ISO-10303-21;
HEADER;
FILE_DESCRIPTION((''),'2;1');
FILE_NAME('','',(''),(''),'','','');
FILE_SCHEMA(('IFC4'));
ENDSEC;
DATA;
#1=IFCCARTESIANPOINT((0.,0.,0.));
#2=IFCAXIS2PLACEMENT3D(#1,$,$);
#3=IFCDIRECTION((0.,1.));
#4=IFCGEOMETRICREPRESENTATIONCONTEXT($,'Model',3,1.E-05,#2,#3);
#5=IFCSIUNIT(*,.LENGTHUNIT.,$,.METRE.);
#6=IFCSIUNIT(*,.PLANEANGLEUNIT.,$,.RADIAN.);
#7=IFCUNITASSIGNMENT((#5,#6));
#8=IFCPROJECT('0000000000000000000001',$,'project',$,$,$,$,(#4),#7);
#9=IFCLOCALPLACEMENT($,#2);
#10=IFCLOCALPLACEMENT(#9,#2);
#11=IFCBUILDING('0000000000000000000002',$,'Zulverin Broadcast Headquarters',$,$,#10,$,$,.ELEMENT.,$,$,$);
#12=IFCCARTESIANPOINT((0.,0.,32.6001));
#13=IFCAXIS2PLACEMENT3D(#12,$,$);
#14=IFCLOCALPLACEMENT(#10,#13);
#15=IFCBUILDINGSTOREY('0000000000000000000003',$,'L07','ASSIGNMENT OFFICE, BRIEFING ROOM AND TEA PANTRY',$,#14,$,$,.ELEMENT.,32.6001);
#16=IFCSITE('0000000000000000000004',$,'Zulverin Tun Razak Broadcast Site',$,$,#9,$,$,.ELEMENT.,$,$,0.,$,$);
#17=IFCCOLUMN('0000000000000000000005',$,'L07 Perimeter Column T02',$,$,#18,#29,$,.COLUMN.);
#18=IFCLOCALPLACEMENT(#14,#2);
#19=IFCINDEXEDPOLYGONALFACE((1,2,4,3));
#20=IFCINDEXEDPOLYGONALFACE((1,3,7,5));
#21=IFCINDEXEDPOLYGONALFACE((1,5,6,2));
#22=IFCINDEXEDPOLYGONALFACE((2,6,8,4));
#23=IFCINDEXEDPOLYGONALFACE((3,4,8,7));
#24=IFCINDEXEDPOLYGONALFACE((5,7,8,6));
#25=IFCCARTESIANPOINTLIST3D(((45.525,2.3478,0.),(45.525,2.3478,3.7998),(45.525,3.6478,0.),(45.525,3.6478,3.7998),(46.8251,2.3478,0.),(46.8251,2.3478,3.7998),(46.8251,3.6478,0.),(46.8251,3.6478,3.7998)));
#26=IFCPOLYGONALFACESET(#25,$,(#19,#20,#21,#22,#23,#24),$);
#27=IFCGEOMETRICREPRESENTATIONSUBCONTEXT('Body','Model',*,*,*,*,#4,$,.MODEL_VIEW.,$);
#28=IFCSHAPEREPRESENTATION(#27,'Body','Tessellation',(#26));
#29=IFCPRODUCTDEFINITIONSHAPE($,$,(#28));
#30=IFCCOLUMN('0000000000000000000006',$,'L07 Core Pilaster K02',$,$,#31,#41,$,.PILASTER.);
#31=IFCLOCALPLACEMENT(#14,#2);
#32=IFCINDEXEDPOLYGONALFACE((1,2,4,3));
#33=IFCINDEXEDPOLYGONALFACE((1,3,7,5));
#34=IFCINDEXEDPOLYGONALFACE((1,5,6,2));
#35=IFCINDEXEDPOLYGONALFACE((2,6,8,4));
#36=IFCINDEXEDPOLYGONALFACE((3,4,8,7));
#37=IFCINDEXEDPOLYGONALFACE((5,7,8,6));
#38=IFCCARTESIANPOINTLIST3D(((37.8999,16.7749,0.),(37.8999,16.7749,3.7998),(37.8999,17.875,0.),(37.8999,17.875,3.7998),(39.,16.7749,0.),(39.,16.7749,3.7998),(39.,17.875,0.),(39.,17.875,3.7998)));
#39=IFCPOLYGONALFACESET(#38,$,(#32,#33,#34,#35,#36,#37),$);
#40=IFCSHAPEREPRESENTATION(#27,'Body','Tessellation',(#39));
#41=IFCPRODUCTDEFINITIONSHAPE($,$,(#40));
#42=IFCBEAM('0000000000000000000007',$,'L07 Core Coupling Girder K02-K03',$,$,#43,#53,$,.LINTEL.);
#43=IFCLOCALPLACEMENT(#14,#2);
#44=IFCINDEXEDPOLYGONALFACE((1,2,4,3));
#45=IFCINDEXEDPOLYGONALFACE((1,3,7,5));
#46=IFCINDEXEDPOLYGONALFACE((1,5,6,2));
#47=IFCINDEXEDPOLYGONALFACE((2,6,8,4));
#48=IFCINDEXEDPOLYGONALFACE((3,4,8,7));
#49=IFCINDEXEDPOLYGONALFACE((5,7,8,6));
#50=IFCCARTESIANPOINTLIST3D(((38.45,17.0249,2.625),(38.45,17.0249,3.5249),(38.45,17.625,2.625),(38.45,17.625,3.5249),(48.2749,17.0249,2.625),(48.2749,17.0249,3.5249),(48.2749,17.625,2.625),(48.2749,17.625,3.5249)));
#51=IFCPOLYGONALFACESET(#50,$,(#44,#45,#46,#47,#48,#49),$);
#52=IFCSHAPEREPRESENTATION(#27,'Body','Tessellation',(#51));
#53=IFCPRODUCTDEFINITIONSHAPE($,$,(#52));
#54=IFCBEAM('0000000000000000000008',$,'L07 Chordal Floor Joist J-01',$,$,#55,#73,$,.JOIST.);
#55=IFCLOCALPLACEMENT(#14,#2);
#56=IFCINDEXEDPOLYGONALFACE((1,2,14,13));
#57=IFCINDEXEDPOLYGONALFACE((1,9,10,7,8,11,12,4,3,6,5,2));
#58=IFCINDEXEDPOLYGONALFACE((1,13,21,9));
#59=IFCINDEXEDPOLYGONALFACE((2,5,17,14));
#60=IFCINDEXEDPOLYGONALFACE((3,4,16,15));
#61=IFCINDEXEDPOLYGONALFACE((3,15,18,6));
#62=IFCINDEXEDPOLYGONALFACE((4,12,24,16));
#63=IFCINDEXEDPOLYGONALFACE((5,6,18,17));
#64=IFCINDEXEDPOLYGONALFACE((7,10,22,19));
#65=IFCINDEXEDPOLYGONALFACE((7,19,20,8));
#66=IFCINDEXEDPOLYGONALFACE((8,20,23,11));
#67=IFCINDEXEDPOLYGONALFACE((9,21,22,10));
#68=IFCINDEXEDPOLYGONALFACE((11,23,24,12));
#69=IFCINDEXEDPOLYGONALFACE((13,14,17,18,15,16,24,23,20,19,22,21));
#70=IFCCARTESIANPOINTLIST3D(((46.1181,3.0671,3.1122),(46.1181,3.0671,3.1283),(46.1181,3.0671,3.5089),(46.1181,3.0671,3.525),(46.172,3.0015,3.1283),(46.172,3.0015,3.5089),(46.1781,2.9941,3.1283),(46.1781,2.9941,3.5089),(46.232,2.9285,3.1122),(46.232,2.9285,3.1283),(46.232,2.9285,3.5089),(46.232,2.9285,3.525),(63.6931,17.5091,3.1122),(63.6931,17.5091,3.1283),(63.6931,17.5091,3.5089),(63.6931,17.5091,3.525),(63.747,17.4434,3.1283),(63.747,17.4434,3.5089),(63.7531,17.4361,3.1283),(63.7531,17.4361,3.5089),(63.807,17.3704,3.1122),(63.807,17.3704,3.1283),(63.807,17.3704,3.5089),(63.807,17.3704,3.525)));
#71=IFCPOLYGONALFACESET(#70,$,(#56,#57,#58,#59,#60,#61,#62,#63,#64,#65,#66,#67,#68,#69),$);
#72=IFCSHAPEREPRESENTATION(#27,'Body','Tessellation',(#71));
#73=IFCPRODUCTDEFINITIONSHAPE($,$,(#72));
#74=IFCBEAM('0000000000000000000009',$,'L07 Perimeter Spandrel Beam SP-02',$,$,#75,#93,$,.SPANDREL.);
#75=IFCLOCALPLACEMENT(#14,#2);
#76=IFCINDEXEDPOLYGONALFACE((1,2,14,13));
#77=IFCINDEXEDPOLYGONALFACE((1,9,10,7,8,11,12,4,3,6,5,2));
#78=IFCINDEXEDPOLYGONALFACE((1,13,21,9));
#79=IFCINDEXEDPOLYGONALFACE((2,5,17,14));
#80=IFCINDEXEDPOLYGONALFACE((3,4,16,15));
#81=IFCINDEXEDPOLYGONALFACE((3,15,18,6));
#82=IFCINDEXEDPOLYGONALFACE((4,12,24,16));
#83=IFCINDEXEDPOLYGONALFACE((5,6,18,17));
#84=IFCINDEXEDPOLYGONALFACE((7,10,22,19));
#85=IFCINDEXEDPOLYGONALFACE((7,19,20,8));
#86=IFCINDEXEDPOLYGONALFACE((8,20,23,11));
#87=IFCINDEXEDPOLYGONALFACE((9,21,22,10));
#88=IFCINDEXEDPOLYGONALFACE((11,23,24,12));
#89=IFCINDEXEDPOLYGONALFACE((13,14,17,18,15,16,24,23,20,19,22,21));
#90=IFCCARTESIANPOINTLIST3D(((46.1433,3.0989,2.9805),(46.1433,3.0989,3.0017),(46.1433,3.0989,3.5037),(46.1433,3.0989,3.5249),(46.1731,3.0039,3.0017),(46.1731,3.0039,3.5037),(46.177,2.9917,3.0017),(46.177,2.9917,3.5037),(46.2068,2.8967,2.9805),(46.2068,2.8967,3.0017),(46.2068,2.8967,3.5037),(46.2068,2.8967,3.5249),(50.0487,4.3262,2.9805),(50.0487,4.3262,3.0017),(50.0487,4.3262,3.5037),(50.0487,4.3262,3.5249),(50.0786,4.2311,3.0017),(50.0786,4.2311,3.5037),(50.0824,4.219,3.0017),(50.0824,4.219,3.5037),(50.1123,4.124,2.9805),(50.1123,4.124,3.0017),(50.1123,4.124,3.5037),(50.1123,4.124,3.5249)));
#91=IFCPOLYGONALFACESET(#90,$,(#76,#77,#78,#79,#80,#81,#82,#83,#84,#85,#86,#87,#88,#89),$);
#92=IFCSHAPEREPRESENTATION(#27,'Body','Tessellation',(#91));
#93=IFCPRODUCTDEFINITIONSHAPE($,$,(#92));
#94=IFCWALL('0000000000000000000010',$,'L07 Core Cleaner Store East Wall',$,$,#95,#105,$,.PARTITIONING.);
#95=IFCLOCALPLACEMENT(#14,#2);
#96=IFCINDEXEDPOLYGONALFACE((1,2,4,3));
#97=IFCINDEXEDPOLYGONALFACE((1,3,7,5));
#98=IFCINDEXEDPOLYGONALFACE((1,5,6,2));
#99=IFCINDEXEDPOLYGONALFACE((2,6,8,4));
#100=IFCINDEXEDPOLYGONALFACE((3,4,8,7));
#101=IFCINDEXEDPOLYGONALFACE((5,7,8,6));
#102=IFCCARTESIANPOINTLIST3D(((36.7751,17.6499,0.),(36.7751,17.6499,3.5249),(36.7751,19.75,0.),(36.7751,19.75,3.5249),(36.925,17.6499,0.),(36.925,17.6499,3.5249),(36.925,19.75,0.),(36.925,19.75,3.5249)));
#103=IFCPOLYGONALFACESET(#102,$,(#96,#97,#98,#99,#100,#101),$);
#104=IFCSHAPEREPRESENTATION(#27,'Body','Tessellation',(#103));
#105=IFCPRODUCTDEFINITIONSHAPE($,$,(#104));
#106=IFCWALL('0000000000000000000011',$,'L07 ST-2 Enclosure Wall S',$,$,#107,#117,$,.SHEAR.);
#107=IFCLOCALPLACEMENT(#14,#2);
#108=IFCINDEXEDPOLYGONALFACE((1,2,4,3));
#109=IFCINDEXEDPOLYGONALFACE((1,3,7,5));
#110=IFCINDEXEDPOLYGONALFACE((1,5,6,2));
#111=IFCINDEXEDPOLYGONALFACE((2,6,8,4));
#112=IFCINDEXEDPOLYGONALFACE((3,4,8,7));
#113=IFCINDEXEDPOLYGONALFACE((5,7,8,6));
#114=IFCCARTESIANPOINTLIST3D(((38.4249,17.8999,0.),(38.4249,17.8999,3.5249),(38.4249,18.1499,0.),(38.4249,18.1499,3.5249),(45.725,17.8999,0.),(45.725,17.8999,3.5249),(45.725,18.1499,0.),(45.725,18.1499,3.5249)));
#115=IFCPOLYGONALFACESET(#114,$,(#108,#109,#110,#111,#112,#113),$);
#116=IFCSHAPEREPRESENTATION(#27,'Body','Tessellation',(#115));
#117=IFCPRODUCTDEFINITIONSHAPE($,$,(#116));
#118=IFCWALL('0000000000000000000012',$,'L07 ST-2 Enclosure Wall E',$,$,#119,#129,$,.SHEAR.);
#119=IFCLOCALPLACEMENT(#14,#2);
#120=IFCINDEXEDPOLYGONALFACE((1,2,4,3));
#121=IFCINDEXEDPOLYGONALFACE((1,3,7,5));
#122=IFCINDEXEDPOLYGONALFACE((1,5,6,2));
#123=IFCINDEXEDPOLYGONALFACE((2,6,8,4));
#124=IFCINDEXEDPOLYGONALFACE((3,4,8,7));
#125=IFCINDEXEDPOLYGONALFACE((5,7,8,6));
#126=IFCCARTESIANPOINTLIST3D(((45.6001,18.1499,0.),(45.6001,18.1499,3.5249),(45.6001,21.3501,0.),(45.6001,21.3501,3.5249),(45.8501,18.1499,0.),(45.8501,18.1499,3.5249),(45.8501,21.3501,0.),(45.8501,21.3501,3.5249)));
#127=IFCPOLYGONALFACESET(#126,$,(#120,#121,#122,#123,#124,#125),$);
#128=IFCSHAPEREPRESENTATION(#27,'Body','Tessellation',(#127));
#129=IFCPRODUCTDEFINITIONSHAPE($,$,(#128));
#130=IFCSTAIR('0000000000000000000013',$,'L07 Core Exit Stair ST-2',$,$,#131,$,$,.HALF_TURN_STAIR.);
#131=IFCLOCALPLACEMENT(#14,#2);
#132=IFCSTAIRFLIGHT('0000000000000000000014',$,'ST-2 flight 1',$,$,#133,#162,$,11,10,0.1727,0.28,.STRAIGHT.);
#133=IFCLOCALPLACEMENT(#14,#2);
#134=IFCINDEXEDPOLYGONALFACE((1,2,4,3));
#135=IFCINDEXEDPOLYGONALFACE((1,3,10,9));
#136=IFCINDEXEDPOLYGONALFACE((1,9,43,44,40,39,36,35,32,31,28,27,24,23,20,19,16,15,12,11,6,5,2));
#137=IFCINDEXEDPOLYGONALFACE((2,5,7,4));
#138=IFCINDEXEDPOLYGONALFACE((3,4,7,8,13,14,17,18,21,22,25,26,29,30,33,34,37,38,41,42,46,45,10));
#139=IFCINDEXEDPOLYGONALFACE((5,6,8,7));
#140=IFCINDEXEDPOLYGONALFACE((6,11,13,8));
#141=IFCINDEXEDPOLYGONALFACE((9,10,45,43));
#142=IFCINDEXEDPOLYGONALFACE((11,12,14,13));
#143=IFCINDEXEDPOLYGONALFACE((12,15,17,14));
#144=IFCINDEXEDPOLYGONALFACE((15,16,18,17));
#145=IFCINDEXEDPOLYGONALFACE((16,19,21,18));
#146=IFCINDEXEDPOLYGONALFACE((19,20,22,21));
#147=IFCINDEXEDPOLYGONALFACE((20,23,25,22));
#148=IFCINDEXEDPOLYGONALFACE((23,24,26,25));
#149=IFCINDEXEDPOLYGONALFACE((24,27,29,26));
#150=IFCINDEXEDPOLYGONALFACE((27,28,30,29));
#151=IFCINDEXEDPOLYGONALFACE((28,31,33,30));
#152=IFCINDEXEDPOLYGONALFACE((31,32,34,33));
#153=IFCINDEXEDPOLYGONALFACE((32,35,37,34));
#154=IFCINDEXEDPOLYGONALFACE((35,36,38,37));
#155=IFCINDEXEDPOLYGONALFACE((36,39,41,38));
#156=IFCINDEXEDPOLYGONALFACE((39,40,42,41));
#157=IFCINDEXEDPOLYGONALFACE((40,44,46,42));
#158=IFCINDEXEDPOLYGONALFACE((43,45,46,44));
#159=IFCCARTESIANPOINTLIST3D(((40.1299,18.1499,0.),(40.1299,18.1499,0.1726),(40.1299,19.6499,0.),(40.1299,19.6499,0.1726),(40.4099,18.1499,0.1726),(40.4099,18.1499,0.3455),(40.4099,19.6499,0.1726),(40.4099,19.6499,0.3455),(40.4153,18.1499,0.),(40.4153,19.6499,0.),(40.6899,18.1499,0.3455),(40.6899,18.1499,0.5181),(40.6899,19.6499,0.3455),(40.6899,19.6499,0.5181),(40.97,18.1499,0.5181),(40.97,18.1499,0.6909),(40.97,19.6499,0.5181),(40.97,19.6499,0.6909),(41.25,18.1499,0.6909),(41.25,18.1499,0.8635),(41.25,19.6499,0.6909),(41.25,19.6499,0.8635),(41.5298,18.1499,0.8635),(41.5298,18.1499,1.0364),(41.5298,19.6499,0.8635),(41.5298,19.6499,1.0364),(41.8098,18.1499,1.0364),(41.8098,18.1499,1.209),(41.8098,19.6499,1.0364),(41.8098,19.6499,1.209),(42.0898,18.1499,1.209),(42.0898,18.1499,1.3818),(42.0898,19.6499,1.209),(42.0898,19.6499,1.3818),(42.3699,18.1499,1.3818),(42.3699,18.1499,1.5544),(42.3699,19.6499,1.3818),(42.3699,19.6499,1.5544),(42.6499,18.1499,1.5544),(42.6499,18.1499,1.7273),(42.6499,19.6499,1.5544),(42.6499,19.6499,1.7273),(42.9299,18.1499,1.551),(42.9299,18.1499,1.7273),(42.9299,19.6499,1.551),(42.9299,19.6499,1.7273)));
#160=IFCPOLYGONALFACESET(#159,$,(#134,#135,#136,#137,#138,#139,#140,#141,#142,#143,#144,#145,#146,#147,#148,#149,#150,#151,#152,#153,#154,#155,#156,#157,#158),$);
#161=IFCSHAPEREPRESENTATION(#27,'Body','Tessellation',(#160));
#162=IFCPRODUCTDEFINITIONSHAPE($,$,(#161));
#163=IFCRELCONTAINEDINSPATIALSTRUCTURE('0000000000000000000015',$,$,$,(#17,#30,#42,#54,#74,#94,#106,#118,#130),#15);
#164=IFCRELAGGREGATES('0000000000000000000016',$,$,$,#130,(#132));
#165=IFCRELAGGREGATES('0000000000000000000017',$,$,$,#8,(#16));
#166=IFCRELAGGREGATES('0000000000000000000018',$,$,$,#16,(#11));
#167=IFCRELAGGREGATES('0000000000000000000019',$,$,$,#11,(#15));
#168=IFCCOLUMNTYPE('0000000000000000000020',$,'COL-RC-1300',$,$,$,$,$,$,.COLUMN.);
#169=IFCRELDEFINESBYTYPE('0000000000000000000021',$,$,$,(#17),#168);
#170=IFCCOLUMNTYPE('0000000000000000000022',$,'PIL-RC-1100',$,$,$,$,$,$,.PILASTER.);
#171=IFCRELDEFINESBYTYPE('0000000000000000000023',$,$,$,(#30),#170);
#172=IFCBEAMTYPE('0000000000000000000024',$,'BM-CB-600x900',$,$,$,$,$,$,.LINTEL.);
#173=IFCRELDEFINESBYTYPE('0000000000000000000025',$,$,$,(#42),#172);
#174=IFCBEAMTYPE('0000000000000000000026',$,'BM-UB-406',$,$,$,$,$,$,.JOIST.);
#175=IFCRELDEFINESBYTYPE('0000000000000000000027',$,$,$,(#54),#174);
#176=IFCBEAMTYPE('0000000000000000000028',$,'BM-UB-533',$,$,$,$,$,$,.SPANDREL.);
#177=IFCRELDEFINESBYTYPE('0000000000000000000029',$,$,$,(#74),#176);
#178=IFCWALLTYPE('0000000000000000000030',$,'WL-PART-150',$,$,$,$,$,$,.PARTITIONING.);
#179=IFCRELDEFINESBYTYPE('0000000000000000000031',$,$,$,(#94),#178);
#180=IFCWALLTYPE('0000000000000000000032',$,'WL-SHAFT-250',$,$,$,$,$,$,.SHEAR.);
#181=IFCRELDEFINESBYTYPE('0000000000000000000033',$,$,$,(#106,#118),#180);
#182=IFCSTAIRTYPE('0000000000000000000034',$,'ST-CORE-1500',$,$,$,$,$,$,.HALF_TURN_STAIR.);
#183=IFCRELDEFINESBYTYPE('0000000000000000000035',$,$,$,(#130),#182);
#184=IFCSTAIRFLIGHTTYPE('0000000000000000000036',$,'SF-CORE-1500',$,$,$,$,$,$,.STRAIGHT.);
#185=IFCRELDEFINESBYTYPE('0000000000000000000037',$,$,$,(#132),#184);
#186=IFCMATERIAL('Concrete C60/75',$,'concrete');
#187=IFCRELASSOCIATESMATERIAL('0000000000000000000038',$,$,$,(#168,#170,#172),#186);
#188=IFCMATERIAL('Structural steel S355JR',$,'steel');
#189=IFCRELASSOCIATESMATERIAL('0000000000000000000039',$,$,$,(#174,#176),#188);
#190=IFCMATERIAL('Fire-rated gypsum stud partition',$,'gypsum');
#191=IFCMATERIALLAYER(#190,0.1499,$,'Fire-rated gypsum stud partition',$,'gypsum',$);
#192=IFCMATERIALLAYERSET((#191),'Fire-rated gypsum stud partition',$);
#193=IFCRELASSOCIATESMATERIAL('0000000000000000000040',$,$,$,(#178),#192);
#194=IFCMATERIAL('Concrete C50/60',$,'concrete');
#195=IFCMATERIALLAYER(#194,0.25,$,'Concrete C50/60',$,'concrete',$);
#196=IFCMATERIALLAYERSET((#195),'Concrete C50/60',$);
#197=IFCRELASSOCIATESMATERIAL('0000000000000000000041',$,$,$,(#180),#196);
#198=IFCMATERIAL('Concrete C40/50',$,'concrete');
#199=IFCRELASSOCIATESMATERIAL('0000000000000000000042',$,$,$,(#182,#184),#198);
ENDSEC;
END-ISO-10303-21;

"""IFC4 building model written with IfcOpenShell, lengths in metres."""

from ifc_helpers import new_model, si_unit, direction, frame, frame_2d, origin, origin_2d, place, context, subcontext, project, spatial, polyline, rectangle, i_section, outline, extrude, material, layer, layer_set, material_profile, profile_set, type_object, element, aggregate, save


model = new_model("IFC4")

# Units and contexts
model_context = context("Model", 3, precision=1e-05, world=origin(), true_north=direction((0.0, 1.0)))
body_context = subcontext(model_context, "Body", "Model", "MODEL_VIEW")
ifc_project = project(units=[si_unit("LENGTHUNIT", "METRE"), si_unit("PLANEANGLEUNIT", "RADIAN")], contexts=[model_context])

# Site, building, storey
site_placement = place(None, origin())
site = spatial("IfcSite", under=ifc_project, at=site_placement, Name="Zulverin Tun Razak Broadcast Site", CompositionType="ELEMENT", RefElevation=0.0)
building_placement = place(site_placement, origin())
building = spatial("IfcBuilding", under=site, at=building_placement, Name="Zulverin Broadcast Headquarters", CompositionType="ELEMENT")
storey_placement = place(building_placement, frame((0.0, 0.0, 32.6001)))
storey = spatial("IfcBuildingStorey", under=building, at=storey_placement, Name="L07", Description="ASSIGNMENT OFFICE, BRIEFING ROOM AND TEA PANTRY", CompositionType="ELEMENT", Elevation=32.6001)

# Columns
ifc_material_1 = material(Name="Concrete C60/75", Category="concrete")
ifc_material_profile_1 = material_profile(ifc_material_1, rectangle(XDim=1.3, YDim=1.3, at=origin_2d()), Name="Concrete C60/75", Category="concrete")
ifc_profile_set_1 = profile_set([ifc_material_profile_1], Name="Concrete C60/75")
column_type_1 = type_object("IfcColumnType", Name="COL-RC-1300", PredefinedType="COLUMN", material=ifc_profile_set_1)
column_1_placement = place(storey_placement, frame((46.175, 2.9978, 0.0), z_axis=(0.0, 0.0, 1.0), x_axis=(1.0, 0.0, 0.0)))
element("IfcColumn", 1, at=column_1_placement, inside=storey, type_object=column_type_1, Name="L07 Perimeter Column T02", PredefinedType="COLUMN", context=body_context, shape_type="SweptSolid", body=[
    extrude(rectangle(XDim=1.3, YDim=1.3, at=origin_2d()), origin(), (0.0, 0.0, 1.0), 3.7998),
])
ifc_material_profile_2 = material_profile(ifc_material_1, rectangle(XDim=1.1001, YDim=1.1001, at=origin_2d()), Name="Concrete C60/75", Category="concrete")
ifc_profile_set_2 = profile_set([ifc_material_profile_2], Name="Concrete C60/75")
column_type_2 = type_object("IfcColumnType", Name="PIL-RC-1100", PredefinedType="PILASTER", material=ifc_profile_set_2)
column_2_placement = place(storey_placement, frame((38.45, 17.325, 0.0), z_axis=(0.0, 0.0, 1.0), x_axis=(1.0, 0.0, 0.0)))
element("IfcColumn", 2, at=column_2_placement, inside=storey, type_object=column_type_2, Name="L07 Core Pilaster K02", PredefinedType="PILASTER", context=body_context, shape_type="SweptSolid", body=[
    extrude(rectangle(XDim=1.1001, YDim=1.1001, at=origin_2d()), origin(), (0.0, 0.0, 1.0), 3.7998),
])

# Beams
ifc_material_profile_3 = material_profile(ifc_material_1, rectangle(XDim=0.6001, YDim=0.8999, at=origin_2d()), Name="Concrete C60/75", Category="concrete")
ifc_profile_set_3 = profile_set([ifc_material_profile_3], Name="Concrete C60/75")
beam_type_1 = type_object("IfcBeamType", Name="BM-CB-600x900", PredefinedType="LINTEL", material=ifc_profile_set_3)
beam_1_placement = place(storey_placement, frame((38.45, 17.325, 3.075), z_axis=(1.0, 0.0, 0.0), x_axis=(0.0, 1.0, 0.0)))
element("IfcBeam", 3, at=beam_1_placement, inside=storey, type_object=beam_type_1, Name="L07 Core Coupling Girder K02-K03", PredefinedType="LINTEL", context=body_context, shape_type="SweptSolid", body=[
    extrude(rectangle(XDim=0.6001, YDim=0.8999, at=origin_2d()), origin(), (0.0, 0.0, 1.0), 9.825),
])
ifc_material_2 = material(Name="Structural steel S355JR", Category="steel")
ifc_material_profile_4 = material_profile(ifc_material_2, i_section(OverallWidth=0.1794, OverallDepth=0.4128, WebThickness=0.0095, FlangeThickness=0.0161, at=origin_2d()), Name="Structural steel S355JR", Category="steel")
ifc_profile_set_4 = profile_set([ifc_material_profile_4], Name="Structural steel S355JR")
beam_type_2 = type_object("IfcBeamType", Name="BM-UB-406", PredefinedType="JOIST", material=ifc_profile_set_4)
beam_2_placement = place(storey_placement, frame((46.175, 2.9978, 3.3186), z_axis=(0.772611, 0.634879, 0.0), x_axis=(-0.634879, 0.772611, 0.0)))
element("IfcBeam", 4, at=beam_2_placement, inside=storey, type_object=beam_type_2, Name="L07 Chordal Floor Joist J-01", PredefinedType="JOIST", context=body_context, shape_type="SweptSolid", body=[
    extrude(i_section(OverallWidth=0.1794, OverallDepth=0.4128, WebThickness=0.0095, FlangeThickness=0.0161, at=origin_2d()), origin(), (0.0, 0.0, 1.0), 22.7476),
])
ifc_material_profile_5 = material_profile(ifc_material_2, i_section(OverallWidth=0.2119, OverallDepth=0.5444, WebThickness=0.0127, FlangeThickness=0.0212, at=origin_2d()), Name="Structural steel S355JR", Category="steel")
ifc_profile_set_5 = profile_set([ifc_material_profile_5], Name="Structural steel S355JR")
beam_type_3 = type_object("IfcBeamType", Name="BM-UB-533", PredefinedType="SPANDREL", material=ifc_profile_set_5)
beam_3_placement = place(storey_placement, frame((46.175, 2.9978, 3.2527), z_axis=(0.954004, 0.299792, 0.0), x_axis=(-0.299792, 0.954004, 0.0)))
element("IfcBeam", 5, at=beam_3_placement, inside=storey, type_object=beam_type_3, Name="L07 Perimeter Spandrel Beam SP-02", PredefinedType="SPANDREL", context=body_context, shape_type="SweptSolid", body=[
    extrude(i_section(OverallWidth=0.2119, OverallDepth=0.5444, WebThickness=0.0127, FlangeThickness=0.0212, at=origin_2d()), origin(), (0.0, 0.0, 1.0), 4.0938),
])

# Walls
ifc_material_3 = material(Name="Fire-rated gypsum stud partition", Category="gypsum")
ifc_layer_1 = layer(ifc_material_3, 0.1499, Name="Fire-rated gypsum stud partition", Category="gypsum")
ifc_layer_set_1 = layer_set([ifc_layer_1], Name="Fire-rated gypsum stud partition")
wall_type_1 = type_object("IfcWallType", Name="WL-PART-150", PredefinedType="PARTITIONING", material=ifc_layer_set_1)
wall_1_placement = place(storey_placement, frame((36.8501, 17.6499, 0.0), z_axis=(0.0, 0.0, 1.0), x_axis=(0.0, 1.0, 0.0)))
element("IfcWall", 6, at=wall_1_placement, inside=storey, type_object=wall_type_1, Name="L07 Core Cleaner Store East Wall", PredefinedType="PARTITIONING", context=body_context, shape_type="SweptSolid", body=[
    extrude(rectangle(XDim=2.1001, YDim=0.1499, at=frame_2d((1.05, 0.0))), origin(), (0.0, 0.0, 1.0), 3.5249),
])
ifc_material_4 = material(Name="Concrete C50/60", Category="concrete")
ifc_layer_2 = layer(ifc_material_4, 0.25, Name="Concrete C50/60", Category="concrete")
ifc_layer_set_2 = layer_set([ifc_layer_2], Name="Concrete C50/60")
wall_type_2 = type_object("IfcWallType", Name="WL-SHAFT-250", PredefinedType="SHEAR", material=ifc_layer_set_2)
wall_2_placement = place(storey_placement, frame((38.425, 18.0249, 0.0), z_axis=(0.0, 0.0, 1.0), x_axis=(1.0, 0.0, 0.0)))
element("IfcWall", 7, at=wall_2_placement, inside=storey, type_object=wall_type_2, Name="L07 ST-2 Enclosure Wall S", PredefinedType="SHEAR", context=body_context, shape_type="SweptSolid", body=[
    extrude(rectangle(XDim=7.3, YDim=0.25, at=frame_2d((3.6499, 0.0))), origin(), (0.0, 0.0, 1.0), 3.5249),
])

# Wall
wall_3_placement = place(storey_placement, frame((45.7251, 18.1499, 0.0), z_axis=(0.0, 0.0, 1.0), x_axis=(0.0, 1.0, 0.0)))
element("IfcWall", 8, at=wall_3_placement, inside=storey, type_object=wall_type_2, Name="L07 ST-2 Enclosure Wall E", PredefinedType="SHEAR", context=body_context, shape_type="SweptSolid", body=[
    extrude(rectangle(XDim=3.2002, YDim=0.25, at=frame_2d((1.6001, 0.0))), origin(), (0.0, 0.0, 1.0), 3.5249),
])

# Stair, stair flight
ifc_material_5 = material(Name="Concrete C40/50", Category="concrete")
stair_type = type_object("IfcStairType", Name="ST-CORE-1500", PredefinedType="HALF_TURN_STAIR", material=ifc_material_5)
stair_placement = place(storey_placement, origin())
stair = element("IfcStair", 9, at=stair_placement, inside=storey, type_object=stair_type, Name="L07 Core Exit Stair ST-2", PredefinedType="HALF_TURN_STAIR")
stair_flight_type = type_object("IfcStairFlightType", Name="SF-CORE-1500", PredefinedType="STRAIGHT", material=ifc_material_5)
stair_flight_placement = place(storey_placement, frame((40.1299, 18.8999, 0.0), z_axis=(0.0, 0.0, 1.0), x_axis=(1.0, 0.0, 0.0)))
stair_flight = element("IfcStairFlight", 10, at=stair_flight_placement, type_object=stair_flight_type, Name="ST-2 flight 1", NumberOfRisers=11, NumberOfTreads=10, PredefinedType="STRAIGHT", RiserHeight=0.1727, TreadLength=0.28, context=body_context, shape_type="SweptSolid", body=[
    extrude(outline(polyline([(0.0, 0.0), (0.0, 0.1726), (0.28, 0.1726), (0.28, 0.3455), (0.5601, 0.3455), (0.5601, 0.5181), (0.8401, 0.5181), (0.8401, 0.6909), (1.1201, 0.6909), (1.1201, 0.8635), (1.3999, 0.8635), (1.3999, 1.0364), (1.6799, 1.0364), (1.6799, 1.209), (1.96, 1.209), (1.96, 1.3818), (2.24, 1.3818), (2.24, 1.5544), (2.52, 1.5544), (2.52, 1.7273), (2.8, 1.7273), (2.8, 1.8999), (2.8, 1.551), (0.2854, 0.0), (0.0, 0.0)])), frame((0.0, 0.75, 0.0), z_axis=(0.0, -1.0, 0.0), x_axis=(1.0, 0.0, 0.0)), (0.0, 0.0, 1.0), 1.5),
])
aggregate(stair, [stair_flight])

save(model, "model.ifc")
